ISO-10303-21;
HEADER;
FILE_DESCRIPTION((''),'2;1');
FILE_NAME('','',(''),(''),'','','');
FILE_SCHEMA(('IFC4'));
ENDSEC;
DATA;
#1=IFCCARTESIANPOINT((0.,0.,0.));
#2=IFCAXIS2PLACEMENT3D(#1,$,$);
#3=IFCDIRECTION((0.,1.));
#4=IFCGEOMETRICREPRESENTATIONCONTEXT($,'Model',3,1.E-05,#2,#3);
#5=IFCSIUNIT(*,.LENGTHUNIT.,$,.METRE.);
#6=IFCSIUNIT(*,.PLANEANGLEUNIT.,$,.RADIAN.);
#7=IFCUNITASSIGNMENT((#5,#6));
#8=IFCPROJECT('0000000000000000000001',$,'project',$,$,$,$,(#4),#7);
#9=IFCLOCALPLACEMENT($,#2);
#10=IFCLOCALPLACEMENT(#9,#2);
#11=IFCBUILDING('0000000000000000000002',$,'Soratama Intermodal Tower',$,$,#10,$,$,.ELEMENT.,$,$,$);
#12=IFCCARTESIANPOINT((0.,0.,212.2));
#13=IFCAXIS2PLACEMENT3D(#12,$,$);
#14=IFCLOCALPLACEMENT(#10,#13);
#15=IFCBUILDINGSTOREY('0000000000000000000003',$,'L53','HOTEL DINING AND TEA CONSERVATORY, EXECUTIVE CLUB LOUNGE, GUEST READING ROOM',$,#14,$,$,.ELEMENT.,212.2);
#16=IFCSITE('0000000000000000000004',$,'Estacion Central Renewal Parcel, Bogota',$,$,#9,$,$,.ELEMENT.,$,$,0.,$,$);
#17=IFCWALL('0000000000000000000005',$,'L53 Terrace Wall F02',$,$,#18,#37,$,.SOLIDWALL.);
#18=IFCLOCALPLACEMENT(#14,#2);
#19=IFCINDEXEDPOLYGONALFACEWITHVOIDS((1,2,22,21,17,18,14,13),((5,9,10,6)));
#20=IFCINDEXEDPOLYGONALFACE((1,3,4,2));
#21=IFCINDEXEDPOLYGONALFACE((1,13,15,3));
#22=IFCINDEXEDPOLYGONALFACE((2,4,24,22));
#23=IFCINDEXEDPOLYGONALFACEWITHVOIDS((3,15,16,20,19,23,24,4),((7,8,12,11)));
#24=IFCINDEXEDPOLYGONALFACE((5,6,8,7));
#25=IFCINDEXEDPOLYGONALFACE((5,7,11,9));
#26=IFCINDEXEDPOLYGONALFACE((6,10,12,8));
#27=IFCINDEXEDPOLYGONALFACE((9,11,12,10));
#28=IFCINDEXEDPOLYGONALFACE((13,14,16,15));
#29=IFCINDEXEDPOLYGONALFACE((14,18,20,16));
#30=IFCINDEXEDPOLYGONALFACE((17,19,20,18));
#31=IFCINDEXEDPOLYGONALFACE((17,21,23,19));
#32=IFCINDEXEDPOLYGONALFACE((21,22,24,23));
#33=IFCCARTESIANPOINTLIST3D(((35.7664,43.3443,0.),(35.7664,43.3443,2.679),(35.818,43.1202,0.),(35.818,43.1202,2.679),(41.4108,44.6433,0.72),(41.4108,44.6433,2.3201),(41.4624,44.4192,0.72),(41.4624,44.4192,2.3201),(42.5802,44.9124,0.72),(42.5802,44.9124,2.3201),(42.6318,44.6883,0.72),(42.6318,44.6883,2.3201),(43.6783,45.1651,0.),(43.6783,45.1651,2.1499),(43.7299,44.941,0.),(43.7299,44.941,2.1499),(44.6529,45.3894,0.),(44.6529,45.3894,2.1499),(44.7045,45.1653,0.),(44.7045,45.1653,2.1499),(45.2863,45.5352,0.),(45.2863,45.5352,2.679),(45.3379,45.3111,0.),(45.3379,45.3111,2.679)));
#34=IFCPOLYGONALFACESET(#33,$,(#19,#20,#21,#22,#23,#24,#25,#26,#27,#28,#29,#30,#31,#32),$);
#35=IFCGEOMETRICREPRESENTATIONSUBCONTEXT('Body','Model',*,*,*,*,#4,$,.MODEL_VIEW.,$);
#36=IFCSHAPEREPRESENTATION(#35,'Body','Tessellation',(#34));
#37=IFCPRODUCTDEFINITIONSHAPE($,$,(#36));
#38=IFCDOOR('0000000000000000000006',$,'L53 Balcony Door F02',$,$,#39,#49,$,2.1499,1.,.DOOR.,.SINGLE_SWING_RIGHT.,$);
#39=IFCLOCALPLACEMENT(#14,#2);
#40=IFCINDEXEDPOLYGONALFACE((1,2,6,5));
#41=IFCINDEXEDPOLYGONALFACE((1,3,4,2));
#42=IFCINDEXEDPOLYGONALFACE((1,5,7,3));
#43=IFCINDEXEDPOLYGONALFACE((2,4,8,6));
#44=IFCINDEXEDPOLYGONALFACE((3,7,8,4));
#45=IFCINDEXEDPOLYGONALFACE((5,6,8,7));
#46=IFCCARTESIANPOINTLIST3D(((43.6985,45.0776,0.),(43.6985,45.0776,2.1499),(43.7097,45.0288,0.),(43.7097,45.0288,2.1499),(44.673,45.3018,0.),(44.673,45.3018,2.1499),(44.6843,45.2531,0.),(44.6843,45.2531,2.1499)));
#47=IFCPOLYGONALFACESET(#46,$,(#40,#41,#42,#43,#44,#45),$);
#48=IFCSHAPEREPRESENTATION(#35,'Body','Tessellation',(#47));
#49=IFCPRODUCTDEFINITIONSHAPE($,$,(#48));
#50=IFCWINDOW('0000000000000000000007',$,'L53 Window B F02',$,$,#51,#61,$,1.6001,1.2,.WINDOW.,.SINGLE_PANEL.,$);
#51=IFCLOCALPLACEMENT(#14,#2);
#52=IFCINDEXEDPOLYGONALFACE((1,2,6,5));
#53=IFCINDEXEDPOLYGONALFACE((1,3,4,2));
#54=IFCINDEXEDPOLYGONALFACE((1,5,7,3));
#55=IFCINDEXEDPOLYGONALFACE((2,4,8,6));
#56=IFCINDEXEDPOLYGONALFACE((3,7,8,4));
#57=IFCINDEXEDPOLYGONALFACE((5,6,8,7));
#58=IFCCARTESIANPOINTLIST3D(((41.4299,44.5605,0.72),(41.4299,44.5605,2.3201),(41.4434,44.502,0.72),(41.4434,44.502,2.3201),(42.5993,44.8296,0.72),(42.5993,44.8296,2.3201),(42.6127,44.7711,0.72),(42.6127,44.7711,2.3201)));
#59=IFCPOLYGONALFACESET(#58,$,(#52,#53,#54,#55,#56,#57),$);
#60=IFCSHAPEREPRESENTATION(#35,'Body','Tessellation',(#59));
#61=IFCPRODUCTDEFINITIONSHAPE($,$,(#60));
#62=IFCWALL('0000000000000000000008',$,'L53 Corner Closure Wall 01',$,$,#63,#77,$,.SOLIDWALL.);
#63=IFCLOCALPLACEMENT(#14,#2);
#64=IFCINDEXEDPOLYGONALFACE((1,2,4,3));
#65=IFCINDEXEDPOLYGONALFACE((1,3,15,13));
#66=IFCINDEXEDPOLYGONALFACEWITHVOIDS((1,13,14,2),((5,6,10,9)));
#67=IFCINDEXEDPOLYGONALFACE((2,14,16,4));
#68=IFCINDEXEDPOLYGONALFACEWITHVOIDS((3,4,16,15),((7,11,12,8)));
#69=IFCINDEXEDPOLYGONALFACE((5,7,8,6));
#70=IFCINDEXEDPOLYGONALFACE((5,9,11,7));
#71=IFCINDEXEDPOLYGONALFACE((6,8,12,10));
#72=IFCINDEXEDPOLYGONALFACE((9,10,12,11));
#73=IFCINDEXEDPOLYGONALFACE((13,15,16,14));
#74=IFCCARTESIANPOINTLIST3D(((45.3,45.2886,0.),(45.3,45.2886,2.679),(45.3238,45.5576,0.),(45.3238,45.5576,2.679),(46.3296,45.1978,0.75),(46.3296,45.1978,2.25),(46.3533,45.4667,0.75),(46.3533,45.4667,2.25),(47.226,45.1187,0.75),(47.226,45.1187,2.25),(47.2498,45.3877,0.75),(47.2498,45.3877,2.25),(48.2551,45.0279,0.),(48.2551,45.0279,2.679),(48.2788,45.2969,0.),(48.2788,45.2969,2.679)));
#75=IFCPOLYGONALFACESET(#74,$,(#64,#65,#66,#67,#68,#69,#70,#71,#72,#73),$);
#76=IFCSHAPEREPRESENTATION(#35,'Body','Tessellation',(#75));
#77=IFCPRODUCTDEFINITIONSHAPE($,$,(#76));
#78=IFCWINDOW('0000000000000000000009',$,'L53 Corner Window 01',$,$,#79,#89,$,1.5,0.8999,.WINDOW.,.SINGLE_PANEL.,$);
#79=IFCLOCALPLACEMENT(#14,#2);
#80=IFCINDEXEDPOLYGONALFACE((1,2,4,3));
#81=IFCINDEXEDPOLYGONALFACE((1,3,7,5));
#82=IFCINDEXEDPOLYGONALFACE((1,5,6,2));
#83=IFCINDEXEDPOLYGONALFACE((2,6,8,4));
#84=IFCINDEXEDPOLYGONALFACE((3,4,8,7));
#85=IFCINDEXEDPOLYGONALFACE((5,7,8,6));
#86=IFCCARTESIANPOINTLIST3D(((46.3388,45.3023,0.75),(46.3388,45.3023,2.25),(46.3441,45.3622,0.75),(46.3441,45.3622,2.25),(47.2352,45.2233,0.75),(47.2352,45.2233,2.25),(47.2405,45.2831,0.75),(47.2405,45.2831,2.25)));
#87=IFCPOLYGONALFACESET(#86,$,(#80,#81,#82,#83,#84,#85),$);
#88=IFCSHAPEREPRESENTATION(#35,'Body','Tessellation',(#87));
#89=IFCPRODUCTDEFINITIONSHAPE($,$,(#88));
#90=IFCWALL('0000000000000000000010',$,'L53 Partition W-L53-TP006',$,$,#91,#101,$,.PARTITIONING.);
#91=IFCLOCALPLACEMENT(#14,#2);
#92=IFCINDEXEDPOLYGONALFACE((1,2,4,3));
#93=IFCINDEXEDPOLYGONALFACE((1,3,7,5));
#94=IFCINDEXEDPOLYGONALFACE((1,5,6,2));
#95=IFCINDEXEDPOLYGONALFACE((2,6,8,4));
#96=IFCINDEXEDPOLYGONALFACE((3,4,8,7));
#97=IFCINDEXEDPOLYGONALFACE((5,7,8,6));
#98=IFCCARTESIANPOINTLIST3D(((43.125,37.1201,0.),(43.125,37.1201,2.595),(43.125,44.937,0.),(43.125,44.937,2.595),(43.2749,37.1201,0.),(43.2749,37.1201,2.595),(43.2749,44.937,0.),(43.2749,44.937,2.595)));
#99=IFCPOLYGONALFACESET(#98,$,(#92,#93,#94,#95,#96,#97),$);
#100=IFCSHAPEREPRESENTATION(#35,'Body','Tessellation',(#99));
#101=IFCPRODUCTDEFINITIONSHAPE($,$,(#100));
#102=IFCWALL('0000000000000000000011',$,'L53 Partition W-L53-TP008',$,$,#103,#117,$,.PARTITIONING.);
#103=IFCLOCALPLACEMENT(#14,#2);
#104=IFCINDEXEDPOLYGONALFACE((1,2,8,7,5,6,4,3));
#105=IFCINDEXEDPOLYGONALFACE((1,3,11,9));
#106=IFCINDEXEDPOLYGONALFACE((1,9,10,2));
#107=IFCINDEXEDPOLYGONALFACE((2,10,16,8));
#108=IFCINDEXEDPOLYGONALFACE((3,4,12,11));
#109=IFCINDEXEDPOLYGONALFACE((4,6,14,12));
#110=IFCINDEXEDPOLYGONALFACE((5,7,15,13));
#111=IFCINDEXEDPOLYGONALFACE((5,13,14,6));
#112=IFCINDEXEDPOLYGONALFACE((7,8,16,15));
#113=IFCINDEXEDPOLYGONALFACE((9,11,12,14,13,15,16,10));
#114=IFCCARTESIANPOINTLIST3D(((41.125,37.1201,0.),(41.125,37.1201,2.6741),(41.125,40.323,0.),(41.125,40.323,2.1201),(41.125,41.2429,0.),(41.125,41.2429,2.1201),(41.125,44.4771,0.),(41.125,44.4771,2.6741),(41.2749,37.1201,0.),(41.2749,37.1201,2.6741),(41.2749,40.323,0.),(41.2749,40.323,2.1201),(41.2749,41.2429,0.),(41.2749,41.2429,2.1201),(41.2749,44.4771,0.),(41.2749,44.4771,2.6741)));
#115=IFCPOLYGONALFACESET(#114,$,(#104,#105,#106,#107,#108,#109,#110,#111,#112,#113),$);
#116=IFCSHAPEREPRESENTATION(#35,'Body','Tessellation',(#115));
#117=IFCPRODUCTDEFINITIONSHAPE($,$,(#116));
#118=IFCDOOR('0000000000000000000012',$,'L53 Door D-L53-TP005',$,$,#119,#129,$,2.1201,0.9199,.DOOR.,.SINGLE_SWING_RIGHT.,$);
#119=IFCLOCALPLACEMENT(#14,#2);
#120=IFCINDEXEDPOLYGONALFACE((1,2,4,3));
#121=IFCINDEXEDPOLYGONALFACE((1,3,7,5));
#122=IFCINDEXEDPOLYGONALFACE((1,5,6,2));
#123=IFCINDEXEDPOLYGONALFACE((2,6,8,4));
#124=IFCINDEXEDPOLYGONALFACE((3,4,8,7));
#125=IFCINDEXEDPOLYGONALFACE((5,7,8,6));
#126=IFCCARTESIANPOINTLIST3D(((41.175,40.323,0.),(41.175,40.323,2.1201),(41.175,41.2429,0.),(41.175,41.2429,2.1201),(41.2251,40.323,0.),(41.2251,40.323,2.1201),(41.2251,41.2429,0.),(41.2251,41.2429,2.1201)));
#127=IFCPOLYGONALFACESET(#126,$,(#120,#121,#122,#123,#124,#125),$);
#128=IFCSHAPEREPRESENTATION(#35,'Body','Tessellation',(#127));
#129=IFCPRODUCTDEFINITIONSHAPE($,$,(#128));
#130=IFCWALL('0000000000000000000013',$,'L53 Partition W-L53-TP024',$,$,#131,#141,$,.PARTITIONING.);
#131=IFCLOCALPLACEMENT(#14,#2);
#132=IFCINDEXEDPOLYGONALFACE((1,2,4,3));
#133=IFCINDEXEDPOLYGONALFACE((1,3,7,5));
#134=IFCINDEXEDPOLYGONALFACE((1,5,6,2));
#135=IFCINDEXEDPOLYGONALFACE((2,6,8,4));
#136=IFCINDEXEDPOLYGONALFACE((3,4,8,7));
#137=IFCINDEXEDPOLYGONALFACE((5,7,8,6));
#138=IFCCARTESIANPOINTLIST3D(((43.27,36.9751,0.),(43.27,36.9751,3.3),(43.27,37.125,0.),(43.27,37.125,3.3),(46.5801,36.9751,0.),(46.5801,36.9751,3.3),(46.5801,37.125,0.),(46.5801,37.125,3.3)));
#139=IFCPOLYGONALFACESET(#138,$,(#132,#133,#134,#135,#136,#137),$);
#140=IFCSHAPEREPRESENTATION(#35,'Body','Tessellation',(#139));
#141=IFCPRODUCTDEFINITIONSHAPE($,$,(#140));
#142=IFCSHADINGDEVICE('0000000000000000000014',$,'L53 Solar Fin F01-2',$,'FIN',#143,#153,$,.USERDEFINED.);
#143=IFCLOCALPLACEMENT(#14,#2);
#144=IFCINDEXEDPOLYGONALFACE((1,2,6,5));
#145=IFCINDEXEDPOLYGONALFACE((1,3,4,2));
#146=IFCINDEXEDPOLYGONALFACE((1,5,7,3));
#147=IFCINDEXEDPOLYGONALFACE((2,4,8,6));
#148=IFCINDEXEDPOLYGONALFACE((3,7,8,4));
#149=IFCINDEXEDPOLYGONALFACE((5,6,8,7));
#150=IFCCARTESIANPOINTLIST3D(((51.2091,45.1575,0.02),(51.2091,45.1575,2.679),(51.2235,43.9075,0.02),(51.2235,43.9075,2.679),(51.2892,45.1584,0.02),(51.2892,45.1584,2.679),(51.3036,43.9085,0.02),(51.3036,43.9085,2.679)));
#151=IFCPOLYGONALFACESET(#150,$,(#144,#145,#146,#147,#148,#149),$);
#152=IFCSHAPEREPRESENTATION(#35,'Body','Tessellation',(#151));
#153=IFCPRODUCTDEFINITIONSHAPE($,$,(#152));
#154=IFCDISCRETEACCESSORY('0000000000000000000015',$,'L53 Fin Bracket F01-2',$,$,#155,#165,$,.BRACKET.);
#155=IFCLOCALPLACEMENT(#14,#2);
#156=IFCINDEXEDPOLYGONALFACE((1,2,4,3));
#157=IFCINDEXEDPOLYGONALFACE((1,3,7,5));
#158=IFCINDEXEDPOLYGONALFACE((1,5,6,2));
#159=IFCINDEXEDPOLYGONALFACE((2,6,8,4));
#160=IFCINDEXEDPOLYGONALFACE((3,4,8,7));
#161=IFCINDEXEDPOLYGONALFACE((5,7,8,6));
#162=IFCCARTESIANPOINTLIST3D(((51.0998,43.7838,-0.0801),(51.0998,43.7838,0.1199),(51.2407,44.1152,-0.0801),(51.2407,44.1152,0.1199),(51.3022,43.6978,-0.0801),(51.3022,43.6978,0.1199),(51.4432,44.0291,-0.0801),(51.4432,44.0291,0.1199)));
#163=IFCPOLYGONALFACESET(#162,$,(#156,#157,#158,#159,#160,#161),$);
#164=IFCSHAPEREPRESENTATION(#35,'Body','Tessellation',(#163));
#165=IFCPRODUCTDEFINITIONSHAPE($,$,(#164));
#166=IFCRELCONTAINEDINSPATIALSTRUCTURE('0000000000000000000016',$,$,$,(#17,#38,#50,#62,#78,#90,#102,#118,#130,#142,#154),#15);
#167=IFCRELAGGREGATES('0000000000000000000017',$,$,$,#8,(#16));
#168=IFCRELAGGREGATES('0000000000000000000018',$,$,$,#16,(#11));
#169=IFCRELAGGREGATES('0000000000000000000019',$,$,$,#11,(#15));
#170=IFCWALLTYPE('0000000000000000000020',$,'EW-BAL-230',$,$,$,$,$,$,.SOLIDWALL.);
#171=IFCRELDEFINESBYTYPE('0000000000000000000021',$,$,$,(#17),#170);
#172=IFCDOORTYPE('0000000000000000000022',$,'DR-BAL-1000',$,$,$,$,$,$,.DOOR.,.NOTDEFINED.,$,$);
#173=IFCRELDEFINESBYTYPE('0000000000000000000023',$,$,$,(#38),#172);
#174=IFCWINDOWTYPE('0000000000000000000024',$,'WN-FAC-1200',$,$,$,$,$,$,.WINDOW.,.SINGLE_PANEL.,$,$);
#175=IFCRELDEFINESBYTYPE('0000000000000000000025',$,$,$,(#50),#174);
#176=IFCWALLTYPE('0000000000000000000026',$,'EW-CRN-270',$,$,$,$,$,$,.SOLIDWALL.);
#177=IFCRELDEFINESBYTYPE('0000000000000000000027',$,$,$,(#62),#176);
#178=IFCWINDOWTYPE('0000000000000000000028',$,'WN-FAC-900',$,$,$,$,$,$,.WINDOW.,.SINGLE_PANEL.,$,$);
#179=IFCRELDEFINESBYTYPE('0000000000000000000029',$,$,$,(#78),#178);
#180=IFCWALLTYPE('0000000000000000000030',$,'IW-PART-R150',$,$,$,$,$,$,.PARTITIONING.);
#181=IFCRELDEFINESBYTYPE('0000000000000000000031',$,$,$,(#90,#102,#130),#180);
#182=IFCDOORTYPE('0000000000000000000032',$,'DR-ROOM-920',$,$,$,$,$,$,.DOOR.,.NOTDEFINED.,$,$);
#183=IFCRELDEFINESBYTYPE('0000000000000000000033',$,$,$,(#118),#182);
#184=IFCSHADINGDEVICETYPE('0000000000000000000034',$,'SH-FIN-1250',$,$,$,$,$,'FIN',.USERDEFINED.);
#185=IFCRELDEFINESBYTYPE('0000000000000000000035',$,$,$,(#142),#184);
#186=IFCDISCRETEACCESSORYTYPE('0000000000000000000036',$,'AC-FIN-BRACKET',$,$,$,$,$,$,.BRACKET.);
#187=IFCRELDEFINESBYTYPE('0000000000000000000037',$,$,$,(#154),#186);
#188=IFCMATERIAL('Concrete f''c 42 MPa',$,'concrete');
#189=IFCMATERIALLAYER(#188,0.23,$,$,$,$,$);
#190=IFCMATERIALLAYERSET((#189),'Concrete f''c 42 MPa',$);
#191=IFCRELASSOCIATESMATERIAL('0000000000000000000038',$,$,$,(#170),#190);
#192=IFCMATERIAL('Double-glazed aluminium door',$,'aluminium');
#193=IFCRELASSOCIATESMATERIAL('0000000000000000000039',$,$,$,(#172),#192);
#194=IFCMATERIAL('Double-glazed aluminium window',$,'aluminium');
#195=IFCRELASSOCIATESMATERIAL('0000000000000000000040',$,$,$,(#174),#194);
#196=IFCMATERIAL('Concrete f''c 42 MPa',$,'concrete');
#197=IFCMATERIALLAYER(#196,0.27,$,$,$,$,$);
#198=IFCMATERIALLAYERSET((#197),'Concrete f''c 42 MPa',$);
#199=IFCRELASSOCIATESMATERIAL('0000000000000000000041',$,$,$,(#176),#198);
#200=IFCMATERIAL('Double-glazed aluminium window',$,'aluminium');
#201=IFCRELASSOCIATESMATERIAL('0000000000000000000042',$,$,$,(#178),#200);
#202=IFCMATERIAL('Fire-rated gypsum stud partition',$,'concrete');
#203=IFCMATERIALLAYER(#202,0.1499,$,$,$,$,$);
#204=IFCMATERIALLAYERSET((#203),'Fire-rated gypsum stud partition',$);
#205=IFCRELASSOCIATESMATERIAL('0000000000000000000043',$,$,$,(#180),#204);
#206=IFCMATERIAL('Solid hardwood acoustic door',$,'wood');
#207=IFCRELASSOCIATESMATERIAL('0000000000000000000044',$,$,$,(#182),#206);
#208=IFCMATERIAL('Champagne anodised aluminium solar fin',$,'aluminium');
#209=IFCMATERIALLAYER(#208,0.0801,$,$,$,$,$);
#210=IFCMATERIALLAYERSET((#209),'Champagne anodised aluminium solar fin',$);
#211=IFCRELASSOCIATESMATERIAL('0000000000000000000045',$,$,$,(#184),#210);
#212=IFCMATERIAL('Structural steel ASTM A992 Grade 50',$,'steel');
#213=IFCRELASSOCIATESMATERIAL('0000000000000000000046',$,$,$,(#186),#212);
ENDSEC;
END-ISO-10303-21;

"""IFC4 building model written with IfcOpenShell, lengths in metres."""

from ifc_helpers import new_model, si_unit, direction, frame, frame_2d, origin, origin_2d, place, context, subcontext, project, spatial, rectangle, extrude, material, layer, layer_set, type_object, element, fill, save


model = new_model("IFC4")

# Units and contexts
model_context = context("Model", 3, precision=1e-05, world=origin(), true_north=direction((0.0, 1.0)))
body_context = subcontext(model_context, "Body", "Model", "MODEL_VIEW")
ifc_project = project(units=[si_unit("LENGTHUNIT", "METRE"), si_unit("PLANEANGLEUNIT", "RADIAN")], contexts=[model_context])

# Site, building, storey
site_placement = place(None, origin())
site = spatial("IfcSite", under=ifc_project, at=site_placement, Name="Estacion Central Renewal Parcel, Bogota", CompositionType="ELEMENT", RefElevation=0.0)
building_placement = place(site_placement, origin())
building = spatial("IfcBuilding", under=site, at=building_placement, Name="Soratama Intermodal Tower", CompositionType="ELEMENT")
storey_placement = place(building_placement, frame((0.0, 0.0, 212.2)))
storey = spatial("IfcBuildingStorey", under=building, at=storey_placement, Name="L53", Description="HOTEL DINING AND TEA CONSERVATORY, EXECUTIVE CLUB LOUNGE, GUEST READING ROOM", CompositionType="ELEMENT", Elevation=212.2)

# Wall, openings, door, window
ifc_material_1 = material(Name="Concrete f'c 42 MPa", Category="concrete")
ifc_layer_1 = layer(ifc_material_1, 0.23)
ifc_layer_set_1 = layer_set([ifc_layer_1], Name="Concrete f'c 42 MPa")
wall_type_1 = type_object("IfcWallType", Name="EW-BAL-230", PredefinedType="SOLIDWALL", material=ifc_layer_set_1)
wall_1_placement = place(storey_placement, frame((45.312, 45.4231, 0.0), z_axis=(0.0, 0.0, 1.0), x_axis=(-0.974526, -0.224275, 0.0)))
wall_1 = element("IfcWall", 1, at=wall_1_placement, inside=storey, type_object=wall_type_1, Name="L53 Terrace Wall F02", PredefinedType="SOLIDWALL", context=body_context, shape_type="SweptSolid", body=[
    extrude(rectangle(XDim=9.7688, YDim=0.23, at=frame_2d((4.8843, 0.0))), origin(), (0.0, 0.0, 1.0), 2.679),
])
opening_1_placement = place(wall_1_placement, frame((0.6499, 0.0, 0.0)))
opening_1 = element("IfcOpeningElement", 2, at=opening_1_placement, cuts=wall_1, PredefinedType="OPENING", context=body_context, shape_type="SweptSolid", body=[
    extrude(rectangle(XDim=1.0, YDim=2.1499, at=frame_2d((0.5, 1.075))), frame((0.0, 0.125, 0.0), z_axis=(0.0, -1.0, 0.0), x_axis=(1.0, 0.0, 0.0)), (0.0, 0.0, 1.0), 0.25),
])
opening_2_placement = place(wall_1_placement, frame((2.7766, 0.0, 0.72)))
opening_2 = element("IfcOpeningElement", 3, at=opening_2_placement, cuts=wall_1, PredefinedType="OPENING", context=body_context, shape_type="SweptSolid", body=[
    extrude(rectangle(XDim=1.2, YDim=1.6001, at=frame_2d((0.6001, 0.8))), frame((0.0, 0.125, 0.0), z_axis=(0.0, -1.0, 0.0), x_axis=(1.0, 0.0, 0.0)), (0.0, 0.0, 1.0), 0.25),
])
ifc_material_2 = material(Name="Double-glazed aluminium door", Category="aluminium")
door_type_1 = type_object("IfcDoorType", Name="DR-BAL-1000", OperationType="NOTDEFINED", PredefinedType="DOOR", material=ifc_material_2)
door_1_placement = place(opening_1_placement, origin())
door_1 = element("IfcDoor", 4, at=door_1_placement, inside=storey, type_object=door_type_1, Name="L53 Balcony Door F02", OperationType="SINGLE_SWING_RIGHT", OverallHeight=2.1499, OverallWidth=1.0, PredefinedType="DOOR", context=body_context, shape_type="SweptSolid", body=[
    extrude(rectangle(XDim=1.0, YDim=2.1499, at=frame_2d((0.5, 1.075))), frame((0.0, 0.0249, 0.0), z_axis=(0.0, -1.0, 0.0), x_axis=(1.0, 0.0, 0.0)), (0.0, 0.0, 1.0), 0.05),
])
fill(opening_1, door_1)
ifc_material_3 = material(Name="Double-glazed aluminium window", Category="aluminium")
window_type_1 = type_object("IfcWindowType", Name="WN-FAC-1200", PartitioningType="SINGLE_PANEL", PredefinedType="WINDOW", material=ifc_material_3)
window_1_placement = place(opening_2_placement, origin())
window_1 = element("IfcWindow", 5, at=window_1_placement, inside=storey, type_object=window_type_1, Name="L53 Window B F02", OverallHeight=1.6001, OverallWidth=1.2, PartitioningType="SINGLE_PANEL", PredefinedType="WINDOW", context=body_context, shape_type="SweptSolid", body=[
    extrude(rectangle(XDim=1.2, YDim=1.6001, at=frame_2d((0.6001, 0.8))), frame((0.0, 0.03, 0.0), z_axis=(0.0, -1.0, 0.0), x_axis=(1.0, 0.0, 0.0)), (0.0, 0.0, 1.0), 0.0601),
])
fill(opening_2, window_1)

# Wall, opening, window
ifc_material_4 = material(Name="Concrete f'c 42 MPa", Category="concrete")
ifc_layer_2 = layer(ifc_material_4, 0.27)
ifc_layer_set_2 = layer_set([ifc_layer_2], Name="Concrete f'c 42 MPa")
wall_type_2 = type_object("IfcWallType", Name="EW-CRN-270", PredefinedType="SOLIDWALL", material=ifc_layer_set_2)
wall_2_placement = place(storey_placement, frame((48.2671, 45.1624, 0.0), z_axis=(0.0, 0.0, 1.0), x_axis=(-0.99613, 0.087894, 0.0)))
wall_2 = element("IfcWall", 6, at=wall_2_placement, inside=storey, type_object=wall_type_2, Name="L53 Corner Closure Wall 01", PredefinedType="SOLIDWALL", context=body_context, shape_type="SweptSolid", body=[
    extrude(rectangle(XDim=2.9666, YDim=0.27, at=frame_2d((1.4834, 0.0))), origin(), (0.0, 0.0, 1.0), 2.679),
])
opening_3_placement = place(wall_2_placement, frame((1.0332, 0.0, 0.75)))
opening_3 = element("IfcOpeningElement", 7, at=opening_3_placement, cuts=wall_2, PredefinedType="OPENING", context=body_context, shape_type="SweptSolid", body=[
    extrude(rectangle(XDim=0.8999, YDim=1.5, at=frame_2d((0.45, 0.75))), frame((0.0, 0.145, 0.0), z_axis=(0.0, -1.0, 0.0), x_axis=(1.0, 0.0, 0.0)), (0.0, 0.0, 1.0), 0.29),
])
ifc_material_5 = material(Name="Double-glazed aluminium window", Category="aluminium")
window_type_2 = type_object("IfcWindowType", Name="WN-FAC-900", PartitioningType="SINGLE_PANEL", PredefinedType="WINDOW", material=ifc_material_5)
window_2_placement = place(opening_3_placement, origin())
window_2 = element("IfcWindow", 8, at=window_2_placement, inside=storey, type_object=window_type_2, Name="L53 Corner Window 01", OverallHeight=1.5, OverallWidth=0.8999, PartitioningType="SINGLE_PANEL", PredefinedType="WINDOW", context=body_context, shape_type="SweptSolid", body=[
    extrude(rectangle(XDim=0.8999, YDim=1.5, at=frame_2d((0.45, 0.75))), frame((0.0, 0.03, 0.0), z_axis=(0.0, -1.0, 0.0), x_axis=(1.0, 0.0, 0.0)), (0.0, 0.0, 1.0), 0.0601),
])
fill(opening_3, window_2)

# Wall
ifc_material_6 = material(Name="Fire-rated gypsum stud partition", Category="concrete")
ifc_layer_3 = layer(ifc_material_6, 0.1499)
ifc_layer_set_3 = layer_set([ifc_layer_3], Name="Fire-rated gypsum stud partition")
wall_type_3 = type_object("IfcWallType", Name="IW-PART-R150", PredefinedType="PARTITIONING", material=ifc_layer_set_3)
wall_3_placement = place(storey_placement, frame((43.2, 44.937, 0.0), z_axis=(0.0, 0.0, 1.0), x_axis=(0.0, -1.0, 0.0)))
element("IfcWall", 9, at=wall_3_placement, inside=storey, type_object=wall_type_3, Name="L53 Partition W-L53-TP006", PredefinedType="PARTITIONING", context=body_context, shape_type="SweptSolid", body=[
    extrude(rectangle(XDim=7.8169, YDim=0.1499, at=frame_2d((3.9084, 0.0))), origin(), (0.0, 0.0, 1.0), 2.595),
])

# Wall, opening, door
wall_4_placement = place(storey_placement, frame((41.2, 37.1201, 0.0), z_axis=(0.0, 0.0, 1.0), x_axis=(0.0, 1.0, 0.0)))
wall_4 = element("IfcWall", 10, at=wall_4_placement, inside=storey, type_object=wall_type_3, Name="L53 Partition W-L53-TP008", PredefinedType="PARTITIONING", context=body_context, shape_type="SweptSolid", body=[
    extrude(rectangle(XDim=7.3569, YDim=0.1499, at=frame_2d((3.6785, 0.0))), origin(), (0.0, 0.0, 1.0), 2.6741),
])
opening_4_placement = place(wall_4_placement, frame((3.2029, 0.0, 0.0)))
opening_4 = element("IfcOpeningElement", 11, at=opening_4_placement, cuts=wall_4, PredefinedType="OPENING", context=body_context, shape_type="SweptSolid", body=[
    extrude(rectangle(XDim=0.9199, YDim=2.1201, at=frame_2d((0.46, 1.0601))), frame((0.0, 0.085, 0.0), z_axis=(0.0, -1.0, 0.0), x_axis=(1.0, 0.0, 0.0)), (0.0, 0.0, 1.0), 0.1699),
])
ifc_material_7 = material(Name="Solid hardwood acoustic door", Category="wood")
door_type_2 = type_object("IfcDoorType", Name="DR-ROOM-920", OperationType="NOTDEFINED", PredefinedType="DOOR", material=ifc_material_7)
door_2_placement = place(opening_4_placement, origin())
door_2 = element("IfcDoor", 12, at=door_2_placement, inside=storey, type_object=door_type_2, Name="L53 Door D-L53-TP005", OperationType="SINGLE_SWING_RIGHT", OverallHeight=2.1201, OverallWidth=0.9199, PredefinedType="DOOR", context=body_context, shape_type="SweptSolid", body=[
    extrude(rectangle(XDim=0.9199, YDim=2.1201, at=frame_2d((0.46, 1.0601))), frame((0.0, 0.0249, 0.0), z_axis=(0.0, -1.0, 0.0), x_axis=(1.0, 0.0, 0.0)), (0.0, 0.0, 1.0), 0.05),
])
fill(opening_4, door_2)

# Wall
wall_5_placement = place(storey_placement, frame((43.27, 37.05, 0.0), z_axis=(0.0, 0.0, 1.0), x_axis=(1.0, 0.0, 0.0)))
element("IfcWall", 13, at=wall_5_placement, inside=storey, type_object=wall_type_3, Name="L53 Partition W-L53-TP024", PredefinedType="PARTITIONING", context=body_context, shape_type="SweptSolid", body=[
    extrude(rectangle(XDim=3.3101, YDim=0.1499, at=frame_2d((1.655, 0.0))), origin(), (0.0, 0.0, 1.0), 3.3),
])

# Shading device
ifc_material_8 = material(Name="Champagne anodised aluminium solar fin", Category="aluminium")
ifc_layer_4 = layer(ifc_material_8, 0.0801)
ifc_layer_set_4 = layer_set([ifc_layer_4], Name="Champagne anodised aluminium solar fin")
shading_device_type = type_object("IfcShadingDeviceType", Name="SH-FIN-1250", ElementType="FIN", PredefinedType="USERDEFINED", material=ifc_layer_set_4)
shading_device_placement = place(storey_placement, frame((51.2563, 44.533, 0.02), z_axis=(0.0, 0.0, 1.0), x_axis=(-0.011519, 0.999934, 0.0)))
element("IfcShadingDevice", 14, at=shading_device_placement, inside=storey, type_object=shading_device_type, Name="L53 Solar Fin F01-2", ObjectType="FIN", PredefinedType="USERDEFINED", context=body_context, shape_type="SweptSolid", body=[
    extrude(rectangle(XDim=1.25, YDim=0.0801, at=origin_2d()), origin(), (0.0, 0.0, 1.0), 2.6589),
])

# Discrete accessory
ifc_material_9 = material(Name="Structural steel ASTM A992 Grade 50", Category="steel")
discrete_accessory_type_1 = type_object("IfcDiscreteAccessoryType", Name="AC-FIN-BRACKET", PredefinedType="BRACKET", material=ifc_material_9)
discrete_accessory_1_placement = place(storey_placement, frame((51.2715, 43.9065, -0.0801), z_axis=(0.0, 0.0, 1.0), x_axis=(0.391374, 0.920232, 0.0)))
element("IfcDiscreteAccessory", 15, at=discrete_accessory_1_placement, inside=storey, type_object=discrete_accessory_type_1, Name="L53 Fin Bracket F01-2", PredefinedType="BRACKET", context=body_context, shape_type="SweptSolid", body=[
    extrude(rectangle(XDim=0.3601, YDim=0.22, at=origin_2d()), origin(), (0.0, 0.0, 1.0), 0.2),
])

save(model, "model.ifc")
